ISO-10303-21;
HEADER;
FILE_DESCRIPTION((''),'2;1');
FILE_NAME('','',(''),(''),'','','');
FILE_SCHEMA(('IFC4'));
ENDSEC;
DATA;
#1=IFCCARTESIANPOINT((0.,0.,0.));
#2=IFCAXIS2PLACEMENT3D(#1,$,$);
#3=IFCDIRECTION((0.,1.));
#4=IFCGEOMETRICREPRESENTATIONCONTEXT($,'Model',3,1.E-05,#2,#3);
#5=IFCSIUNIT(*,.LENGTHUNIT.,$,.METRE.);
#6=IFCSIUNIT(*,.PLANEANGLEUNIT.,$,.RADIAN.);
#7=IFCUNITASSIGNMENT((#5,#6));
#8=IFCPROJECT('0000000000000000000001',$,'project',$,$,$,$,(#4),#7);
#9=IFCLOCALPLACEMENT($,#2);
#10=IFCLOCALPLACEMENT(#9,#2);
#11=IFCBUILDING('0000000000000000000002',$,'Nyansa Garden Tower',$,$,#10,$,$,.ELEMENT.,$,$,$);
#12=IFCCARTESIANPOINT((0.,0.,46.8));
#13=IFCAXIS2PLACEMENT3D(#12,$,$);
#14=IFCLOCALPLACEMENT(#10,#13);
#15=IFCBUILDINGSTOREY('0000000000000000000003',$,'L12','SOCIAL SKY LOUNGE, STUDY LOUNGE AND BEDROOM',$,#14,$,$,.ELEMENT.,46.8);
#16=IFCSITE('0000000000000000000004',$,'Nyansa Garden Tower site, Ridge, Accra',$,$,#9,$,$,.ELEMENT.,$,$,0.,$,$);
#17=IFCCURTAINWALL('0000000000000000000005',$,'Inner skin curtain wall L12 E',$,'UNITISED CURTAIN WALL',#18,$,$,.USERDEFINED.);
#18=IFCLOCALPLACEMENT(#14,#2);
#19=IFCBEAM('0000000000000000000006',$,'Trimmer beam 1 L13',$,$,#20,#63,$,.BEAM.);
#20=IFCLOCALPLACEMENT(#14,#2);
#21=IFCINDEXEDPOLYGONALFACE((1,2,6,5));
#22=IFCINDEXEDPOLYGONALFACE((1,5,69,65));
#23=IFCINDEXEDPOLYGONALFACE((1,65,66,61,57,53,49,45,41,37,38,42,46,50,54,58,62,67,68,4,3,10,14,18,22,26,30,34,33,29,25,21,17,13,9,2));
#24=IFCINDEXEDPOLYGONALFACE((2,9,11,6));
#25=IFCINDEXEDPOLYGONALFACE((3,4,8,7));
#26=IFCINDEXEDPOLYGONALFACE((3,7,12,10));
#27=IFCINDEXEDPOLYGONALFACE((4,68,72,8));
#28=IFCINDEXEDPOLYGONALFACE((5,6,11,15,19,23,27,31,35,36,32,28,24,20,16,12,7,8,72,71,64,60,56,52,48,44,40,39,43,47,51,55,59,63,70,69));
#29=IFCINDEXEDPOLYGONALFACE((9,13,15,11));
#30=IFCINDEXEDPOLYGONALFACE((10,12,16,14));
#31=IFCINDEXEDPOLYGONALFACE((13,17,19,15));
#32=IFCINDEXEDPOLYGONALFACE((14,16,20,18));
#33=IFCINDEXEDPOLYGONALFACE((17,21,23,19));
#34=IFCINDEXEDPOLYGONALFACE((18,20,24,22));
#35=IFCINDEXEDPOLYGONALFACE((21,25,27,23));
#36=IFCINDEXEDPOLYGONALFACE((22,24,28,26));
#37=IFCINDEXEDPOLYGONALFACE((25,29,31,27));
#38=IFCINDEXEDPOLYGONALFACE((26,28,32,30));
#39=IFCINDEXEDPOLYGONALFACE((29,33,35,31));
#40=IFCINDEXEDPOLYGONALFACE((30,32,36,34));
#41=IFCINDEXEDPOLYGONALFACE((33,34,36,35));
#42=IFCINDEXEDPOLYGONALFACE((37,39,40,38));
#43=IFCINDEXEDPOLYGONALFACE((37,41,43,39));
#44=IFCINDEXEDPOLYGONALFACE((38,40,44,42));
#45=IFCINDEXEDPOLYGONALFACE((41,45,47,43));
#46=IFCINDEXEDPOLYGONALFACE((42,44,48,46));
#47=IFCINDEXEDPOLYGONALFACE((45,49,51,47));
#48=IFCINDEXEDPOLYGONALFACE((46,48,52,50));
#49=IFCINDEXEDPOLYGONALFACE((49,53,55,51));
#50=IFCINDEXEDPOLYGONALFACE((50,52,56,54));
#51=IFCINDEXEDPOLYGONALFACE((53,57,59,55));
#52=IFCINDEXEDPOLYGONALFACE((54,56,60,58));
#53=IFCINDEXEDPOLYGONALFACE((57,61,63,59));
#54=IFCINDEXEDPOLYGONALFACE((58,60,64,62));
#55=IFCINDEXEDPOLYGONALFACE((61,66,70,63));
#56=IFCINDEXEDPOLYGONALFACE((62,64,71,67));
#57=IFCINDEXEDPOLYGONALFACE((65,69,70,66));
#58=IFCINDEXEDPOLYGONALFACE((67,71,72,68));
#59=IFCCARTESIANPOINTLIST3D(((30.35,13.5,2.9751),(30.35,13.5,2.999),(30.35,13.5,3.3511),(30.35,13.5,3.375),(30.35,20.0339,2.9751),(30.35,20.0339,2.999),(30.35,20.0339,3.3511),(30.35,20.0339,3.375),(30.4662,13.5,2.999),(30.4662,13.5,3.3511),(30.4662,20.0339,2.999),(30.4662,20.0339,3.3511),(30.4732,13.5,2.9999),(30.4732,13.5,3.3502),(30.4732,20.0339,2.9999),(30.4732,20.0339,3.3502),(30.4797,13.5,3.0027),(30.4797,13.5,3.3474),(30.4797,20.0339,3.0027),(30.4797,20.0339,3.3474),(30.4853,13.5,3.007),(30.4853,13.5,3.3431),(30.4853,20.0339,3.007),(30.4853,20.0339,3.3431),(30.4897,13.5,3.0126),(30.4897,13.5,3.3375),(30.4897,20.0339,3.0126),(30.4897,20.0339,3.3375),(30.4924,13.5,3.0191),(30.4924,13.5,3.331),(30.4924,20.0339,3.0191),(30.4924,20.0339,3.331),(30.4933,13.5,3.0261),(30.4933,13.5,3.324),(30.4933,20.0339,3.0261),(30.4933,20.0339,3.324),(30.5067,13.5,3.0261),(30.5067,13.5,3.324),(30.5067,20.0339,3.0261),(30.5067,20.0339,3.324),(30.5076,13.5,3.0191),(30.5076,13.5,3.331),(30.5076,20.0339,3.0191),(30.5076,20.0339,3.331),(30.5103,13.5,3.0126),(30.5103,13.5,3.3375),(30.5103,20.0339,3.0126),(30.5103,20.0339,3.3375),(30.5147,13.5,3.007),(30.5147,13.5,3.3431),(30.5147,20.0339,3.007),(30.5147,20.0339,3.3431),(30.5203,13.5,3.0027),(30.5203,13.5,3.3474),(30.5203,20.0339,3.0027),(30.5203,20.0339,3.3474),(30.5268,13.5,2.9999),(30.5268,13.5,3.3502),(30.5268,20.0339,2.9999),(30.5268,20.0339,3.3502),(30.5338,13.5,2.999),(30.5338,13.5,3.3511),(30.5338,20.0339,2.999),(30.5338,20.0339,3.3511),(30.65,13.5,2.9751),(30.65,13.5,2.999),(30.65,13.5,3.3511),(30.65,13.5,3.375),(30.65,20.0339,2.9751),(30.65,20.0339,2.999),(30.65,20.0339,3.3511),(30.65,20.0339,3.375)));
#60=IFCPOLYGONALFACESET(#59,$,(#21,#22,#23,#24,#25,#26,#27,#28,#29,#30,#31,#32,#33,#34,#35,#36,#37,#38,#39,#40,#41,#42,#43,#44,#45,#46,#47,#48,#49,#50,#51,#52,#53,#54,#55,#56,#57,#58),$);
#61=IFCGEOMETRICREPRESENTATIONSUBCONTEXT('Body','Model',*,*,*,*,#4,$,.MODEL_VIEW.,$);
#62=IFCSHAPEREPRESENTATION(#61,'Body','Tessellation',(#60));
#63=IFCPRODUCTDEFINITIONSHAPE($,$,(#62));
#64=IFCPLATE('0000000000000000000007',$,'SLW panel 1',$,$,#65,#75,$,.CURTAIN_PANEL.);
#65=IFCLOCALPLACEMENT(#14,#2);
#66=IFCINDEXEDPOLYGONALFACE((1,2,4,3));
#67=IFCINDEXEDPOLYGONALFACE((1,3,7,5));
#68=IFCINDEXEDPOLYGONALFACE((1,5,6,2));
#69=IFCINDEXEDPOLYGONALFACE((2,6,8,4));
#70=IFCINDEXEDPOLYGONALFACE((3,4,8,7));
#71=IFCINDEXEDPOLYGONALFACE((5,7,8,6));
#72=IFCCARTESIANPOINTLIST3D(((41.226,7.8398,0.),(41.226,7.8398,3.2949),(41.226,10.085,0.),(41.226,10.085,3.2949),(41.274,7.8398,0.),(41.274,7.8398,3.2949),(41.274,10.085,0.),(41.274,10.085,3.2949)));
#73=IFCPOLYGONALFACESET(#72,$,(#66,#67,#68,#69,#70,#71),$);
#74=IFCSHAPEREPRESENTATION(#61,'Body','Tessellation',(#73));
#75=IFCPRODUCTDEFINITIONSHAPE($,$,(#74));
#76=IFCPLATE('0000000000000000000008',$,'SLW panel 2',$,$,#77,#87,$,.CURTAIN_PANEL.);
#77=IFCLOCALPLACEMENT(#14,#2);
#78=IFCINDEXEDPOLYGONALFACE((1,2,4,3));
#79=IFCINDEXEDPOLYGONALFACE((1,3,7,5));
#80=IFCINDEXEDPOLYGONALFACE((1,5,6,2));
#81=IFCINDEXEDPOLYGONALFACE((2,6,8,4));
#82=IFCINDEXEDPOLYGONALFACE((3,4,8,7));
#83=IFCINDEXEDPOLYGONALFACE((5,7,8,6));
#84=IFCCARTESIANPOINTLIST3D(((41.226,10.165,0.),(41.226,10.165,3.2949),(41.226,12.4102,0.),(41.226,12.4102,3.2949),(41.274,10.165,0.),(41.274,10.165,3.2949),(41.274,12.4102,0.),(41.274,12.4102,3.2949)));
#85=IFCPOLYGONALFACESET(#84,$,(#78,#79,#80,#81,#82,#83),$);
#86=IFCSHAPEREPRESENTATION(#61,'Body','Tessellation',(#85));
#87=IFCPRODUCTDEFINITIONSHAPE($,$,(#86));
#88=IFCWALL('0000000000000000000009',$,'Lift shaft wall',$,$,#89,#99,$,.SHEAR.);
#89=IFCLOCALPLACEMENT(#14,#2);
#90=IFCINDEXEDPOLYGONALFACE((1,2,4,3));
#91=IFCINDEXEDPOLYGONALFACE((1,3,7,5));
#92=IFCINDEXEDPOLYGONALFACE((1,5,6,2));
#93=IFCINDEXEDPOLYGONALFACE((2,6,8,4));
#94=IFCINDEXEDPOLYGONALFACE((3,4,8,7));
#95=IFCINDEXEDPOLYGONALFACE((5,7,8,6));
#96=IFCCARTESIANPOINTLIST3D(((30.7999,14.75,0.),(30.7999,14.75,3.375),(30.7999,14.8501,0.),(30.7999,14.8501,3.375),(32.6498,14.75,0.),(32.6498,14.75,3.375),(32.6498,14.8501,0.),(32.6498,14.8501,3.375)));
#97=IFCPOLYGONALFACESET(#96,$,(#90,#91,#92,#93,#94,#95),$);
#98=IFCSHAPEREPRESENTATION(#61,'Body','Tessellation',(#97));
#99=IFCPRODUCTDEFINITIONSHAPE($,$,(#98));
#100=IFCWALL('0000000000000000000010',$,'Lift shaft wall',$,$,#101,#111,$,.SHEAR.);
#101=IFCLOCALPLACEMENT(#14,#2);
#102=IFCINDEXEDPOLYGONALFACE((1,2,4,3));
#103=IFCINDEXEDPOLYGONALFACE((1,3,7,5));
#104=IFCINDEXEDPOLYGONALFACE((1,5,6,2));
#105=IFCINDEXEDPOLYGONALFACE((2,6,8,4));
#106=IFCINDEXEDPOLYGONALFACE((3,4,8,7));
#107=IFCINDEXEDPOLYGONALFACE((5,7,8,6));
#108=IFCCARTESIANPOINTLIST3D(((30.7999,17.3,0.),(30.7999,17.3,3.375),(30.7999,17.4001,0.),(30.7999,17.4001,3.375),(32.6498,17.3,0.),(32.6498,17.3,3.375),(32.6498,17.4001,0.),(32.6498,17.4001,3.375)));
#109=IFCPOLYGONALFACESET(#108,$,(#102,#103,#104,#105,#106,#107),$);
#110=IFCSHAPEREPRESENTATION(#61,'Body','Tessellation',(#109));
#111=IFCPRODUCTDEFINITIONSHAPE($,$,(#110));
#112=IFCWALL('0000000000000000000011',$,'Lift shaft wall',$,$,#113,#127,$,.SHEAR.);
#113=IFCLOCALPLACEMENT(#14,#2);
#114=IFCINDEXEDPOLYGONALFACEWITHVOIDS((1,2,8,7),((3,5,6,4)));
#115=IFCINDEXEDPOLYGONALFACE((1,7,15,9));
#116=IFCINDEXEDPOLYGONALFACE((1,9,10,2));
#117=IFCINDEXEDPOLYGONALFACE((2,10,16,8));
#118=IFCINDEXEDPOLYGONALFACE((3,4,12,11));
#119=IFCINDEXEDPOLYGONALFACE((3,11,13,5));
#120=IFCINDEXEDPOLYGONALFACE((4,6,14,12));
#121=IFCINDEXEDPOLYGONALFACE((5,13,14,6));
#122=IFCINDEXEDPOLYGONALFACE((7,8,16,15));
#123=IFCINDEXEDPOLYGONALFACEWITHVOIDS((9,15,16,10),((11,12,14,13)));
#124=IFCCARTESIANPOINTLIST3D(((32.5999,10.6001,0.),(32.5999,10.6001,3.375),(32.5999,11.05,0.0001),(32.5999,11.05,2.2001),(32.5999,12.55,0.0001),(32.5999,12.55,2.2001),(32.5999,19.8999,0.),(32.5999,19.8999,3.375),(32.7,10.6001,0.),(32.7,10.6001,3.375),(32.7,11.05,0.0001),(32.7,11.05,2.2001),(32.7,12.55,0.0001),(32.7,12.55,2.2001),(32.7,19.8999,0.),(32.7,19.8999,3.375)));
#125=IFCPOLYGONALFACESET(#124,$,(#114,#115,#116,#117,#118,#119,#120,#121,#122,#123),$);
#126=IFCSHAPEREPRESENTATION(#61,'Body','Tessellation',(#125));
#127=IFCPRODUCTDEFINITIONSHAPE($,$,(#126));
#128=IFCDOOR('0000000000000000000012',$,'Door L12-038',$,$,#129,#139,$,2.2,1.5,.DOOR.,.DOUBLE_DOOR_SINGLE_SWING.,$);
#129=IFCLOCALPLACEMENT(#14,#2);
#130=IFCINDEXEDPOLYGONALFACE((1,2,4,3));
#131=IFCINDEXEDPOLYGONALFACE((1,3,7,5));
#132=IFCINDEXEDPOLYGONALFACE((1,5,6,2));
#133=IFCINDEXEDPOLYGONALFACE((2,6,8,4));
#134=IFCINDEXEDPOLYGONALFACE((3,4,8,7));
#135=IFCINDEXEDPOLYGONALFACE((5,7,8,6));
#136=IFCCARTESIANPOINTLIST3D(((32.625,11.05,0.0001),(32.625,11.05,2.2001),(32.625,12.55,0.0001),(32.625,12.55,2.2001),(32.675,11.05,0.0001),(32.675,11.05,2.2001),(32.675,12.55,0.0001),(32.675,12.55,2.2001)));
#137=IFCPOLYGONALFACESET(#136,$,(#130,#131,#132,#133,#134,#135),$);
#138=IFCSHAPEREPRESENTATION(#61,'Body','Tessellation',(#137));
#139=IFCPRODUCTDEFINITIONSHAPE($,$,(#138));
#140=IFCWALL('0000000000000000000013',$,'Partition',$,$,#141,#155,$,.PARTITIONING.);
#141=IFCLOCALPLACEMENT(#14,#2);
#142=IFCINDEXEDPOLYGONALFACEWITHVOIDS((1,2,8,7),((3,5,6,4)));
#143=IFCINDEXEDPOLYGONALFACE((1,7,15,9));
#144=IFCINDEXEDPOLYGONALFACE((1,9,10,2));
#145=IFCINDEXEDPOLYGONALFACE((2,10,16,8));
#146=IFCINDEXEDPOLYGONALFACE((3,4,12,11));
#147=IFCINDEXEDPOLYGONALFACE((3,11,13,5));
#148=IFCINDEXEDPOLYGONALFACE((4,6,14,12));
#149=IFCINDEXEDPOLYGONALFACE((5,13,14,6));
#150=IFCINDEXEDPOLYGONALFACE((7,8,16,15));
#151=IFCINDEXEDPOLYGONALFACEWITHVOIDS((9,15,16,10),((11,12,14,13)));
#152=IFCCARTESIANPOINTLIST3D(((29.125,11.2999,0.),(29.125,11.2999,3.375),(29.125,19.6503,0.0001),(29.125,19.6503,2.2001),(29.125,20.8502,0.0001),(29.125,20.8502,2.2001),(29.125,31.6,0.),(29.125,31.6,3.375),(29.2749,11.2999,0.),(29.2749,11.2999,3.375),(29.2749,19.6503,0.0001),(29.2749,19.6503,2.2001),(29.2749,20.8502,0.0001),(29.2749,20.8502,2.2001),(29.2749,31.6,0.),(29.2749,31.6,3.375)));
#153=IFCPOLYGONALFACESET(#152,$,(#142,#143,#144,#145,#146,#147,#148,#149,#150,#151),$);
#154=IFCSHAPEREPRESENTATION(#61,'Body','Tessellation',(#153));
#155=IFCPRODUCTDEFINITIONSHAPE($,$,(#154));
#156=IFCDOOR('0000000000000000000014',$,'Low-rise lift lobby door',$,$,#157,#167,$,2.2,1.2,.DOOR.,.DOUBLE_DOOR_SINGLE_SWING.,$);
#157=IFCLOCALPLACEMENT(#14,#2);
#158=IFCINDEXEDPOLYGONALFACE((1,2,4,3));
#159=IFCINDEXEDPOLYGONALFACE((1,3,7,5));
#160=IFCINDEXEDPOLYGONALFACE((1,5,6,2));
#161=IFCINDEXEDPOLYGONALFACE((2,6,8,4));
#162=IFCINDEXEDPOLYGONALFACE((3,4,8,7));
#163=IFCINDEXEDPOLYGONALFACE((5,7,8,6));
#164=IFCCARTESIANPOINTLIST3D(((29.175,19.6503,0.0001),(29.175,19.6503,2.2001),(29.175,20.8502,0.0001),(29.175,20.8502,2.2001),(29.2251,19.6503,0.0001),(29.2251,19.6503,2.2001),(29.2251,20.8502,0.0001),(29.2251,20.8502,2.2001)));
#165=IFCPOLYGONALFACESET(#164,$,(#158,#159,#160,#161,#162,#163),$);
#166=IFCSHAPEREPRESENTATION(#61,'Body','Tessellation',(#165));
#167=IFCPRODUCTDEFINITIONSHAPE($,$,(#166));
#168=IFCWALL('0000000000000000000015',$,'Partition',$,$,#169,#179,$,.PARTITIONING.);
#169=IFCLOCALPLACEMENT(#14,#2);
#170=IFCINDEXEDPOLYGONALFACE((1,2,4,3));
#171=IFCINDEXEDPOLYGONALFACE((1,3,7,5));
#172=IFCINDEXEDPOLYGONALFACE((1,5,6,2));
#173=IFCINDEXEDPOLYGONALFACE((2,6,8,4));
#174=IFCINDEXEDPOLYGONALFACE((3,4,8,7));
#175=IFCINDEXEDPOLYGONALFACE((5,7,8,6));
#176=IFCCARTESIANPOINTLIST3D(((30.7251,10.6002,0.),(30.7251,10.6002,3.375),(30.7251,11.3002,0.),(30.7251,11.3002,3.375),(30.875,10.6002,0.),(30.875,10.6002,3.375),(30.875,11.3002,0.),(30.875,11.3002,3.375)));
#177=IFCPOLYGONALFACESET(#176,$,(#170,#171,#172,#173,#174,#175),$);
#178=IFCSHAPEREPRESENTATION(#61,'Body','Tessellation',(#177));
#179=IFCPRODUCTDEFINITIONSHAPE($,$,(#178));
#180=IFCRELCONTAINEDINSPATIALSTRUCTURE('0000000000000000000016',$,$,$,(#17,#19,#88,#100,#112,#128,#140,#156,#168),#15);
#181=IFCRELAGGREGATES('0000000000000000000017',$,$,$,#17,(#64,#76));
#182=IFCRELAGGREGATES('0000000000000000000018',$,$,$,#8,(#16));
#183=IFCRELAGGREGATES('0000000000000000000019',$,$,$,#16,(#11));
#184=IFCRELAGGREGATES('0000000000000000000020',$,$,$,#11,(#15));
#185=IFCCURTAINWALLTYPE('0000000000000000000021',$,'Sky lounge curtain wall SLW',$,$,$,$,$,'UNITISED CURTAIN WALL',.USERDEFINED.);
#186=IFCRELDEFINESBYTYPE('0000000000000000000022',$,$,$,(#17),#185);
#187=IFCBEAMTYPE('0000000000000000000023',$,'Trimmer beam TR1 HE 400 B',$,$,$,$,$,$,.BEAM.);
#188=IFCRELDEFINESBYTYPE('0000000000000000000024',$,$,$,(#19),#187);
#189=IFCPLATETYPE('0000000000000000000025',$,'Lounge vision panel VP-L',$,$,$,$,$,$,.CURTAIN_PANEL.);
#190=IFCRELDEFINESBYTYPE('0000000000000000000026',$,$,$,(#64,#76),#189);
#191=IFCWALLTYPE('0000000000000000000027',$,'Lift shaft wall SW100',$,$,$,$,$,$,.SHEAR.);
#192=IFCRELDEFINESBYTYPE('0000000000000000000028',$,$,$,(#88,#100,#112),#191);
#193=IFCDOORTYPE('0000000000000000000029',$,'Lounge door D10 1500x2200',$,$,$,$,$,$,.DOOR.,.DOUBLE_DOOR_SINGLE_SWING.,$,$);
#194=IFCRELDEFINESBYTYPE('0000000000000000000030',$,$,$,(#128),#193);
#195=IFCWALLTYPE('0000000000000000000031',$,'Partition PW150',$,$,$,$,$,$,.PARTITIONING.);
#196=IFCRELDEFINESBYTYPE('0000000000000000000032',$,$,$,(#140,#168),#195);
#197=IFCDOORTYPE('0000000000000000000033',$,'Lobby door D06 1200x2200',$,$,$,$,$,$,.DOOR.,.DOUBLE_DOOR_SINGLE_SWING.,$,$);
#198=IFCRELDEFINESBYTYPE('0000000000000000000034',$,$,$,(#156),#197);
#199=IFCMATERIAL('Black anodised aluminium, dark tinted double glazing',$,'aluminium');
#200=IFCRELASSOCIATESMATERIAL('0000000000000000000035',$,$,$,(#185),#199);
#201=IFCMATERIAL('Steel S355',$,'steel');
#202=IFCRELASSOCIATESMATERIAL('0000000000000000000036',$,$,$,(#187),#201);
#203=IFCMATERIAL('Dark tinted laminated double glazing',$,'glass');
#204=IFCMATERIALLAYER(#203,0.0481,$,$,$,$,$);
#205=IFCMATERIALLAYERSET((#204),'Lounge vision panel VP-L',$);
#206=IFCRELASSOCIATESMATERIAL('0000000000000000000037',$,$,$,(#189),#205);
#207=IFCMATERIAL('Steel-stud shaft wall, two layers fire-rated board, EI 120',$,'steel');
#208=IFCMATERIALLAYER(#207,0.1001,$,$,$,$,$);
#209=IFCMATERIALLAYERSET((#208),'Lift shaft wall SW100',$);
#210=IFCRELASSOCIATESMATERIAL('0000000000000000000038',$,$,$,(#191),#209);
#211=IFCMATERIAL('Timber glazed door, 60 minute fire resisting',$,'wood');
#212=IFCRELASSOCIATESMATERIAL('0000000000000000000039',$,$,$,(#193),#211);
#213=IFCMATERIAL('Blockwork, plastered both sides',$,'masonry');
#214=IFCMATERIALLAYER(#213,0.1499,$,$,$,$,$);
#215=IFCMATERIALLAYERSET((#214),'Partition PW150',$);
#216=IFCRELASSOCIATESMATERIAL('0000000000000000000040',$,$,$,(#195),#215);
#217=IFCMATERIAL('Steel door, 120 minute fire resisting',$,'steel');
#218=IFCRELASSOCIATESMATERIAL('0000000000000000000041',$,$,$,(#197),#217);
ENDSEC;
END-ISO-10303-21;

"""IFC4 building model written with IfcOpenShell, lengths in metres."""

from ifc_helpers import new_model, si_unit, direction, frame, frame_2d, origin, origin_2d, place, context, subcontext, project, spatial, rectangle, i_section, extrude, material, layer, layer_set, material_profile, profile_set, type_object, element, fill, aggregate, save


model = new_model("IFC4")

# Units and contexts
model_context = context("Model", 3, precision=1e-05, world=origin(), true_north=direction((0.0, 1.0)))
body_context = subcontext(model_context, "Body", "Model", "MODEL_VIEW")
ifc_project = project(units=[si_unit("LENGTHUNIT", "METRE"), si_unit("PLANEANGLEUNIT", "RADIAN")], contexts=[model_context])

# Site, building, storey
site_placement = place(None, origin())
site = spatial("IfcSite", under=ifc_project, at=site_placement, Name="Nyansa Garden Tower site, Ridge, Accra", CompositionType="ELEMENT", RefElevation=0.0)
building_placement = place(site_placement, origin())
building = spatial("IfcBuilding", under=site, at=building_placement, Name="Nyansa Garden Tower", CompositionType="ELEMENT")
storey_placement = place(building_placement, frame((0.0, 0.0, 46.8)))
storey = spatial("IfcBuildingStorey", under=building, at=storey_placement, Name="L12", Description="SOCIAL SKY LOUNGE, STUDY LOUNGE AND BEDROOM", CompositionType="ELEMENT", Elevation=46.8)

# Curtain wall
ifc_material_1 = material(Name="Black anodised aluminium, dark tinted double glazing", Category="aluminium")
curtain_wall_type = type_object("IfcCurtainWallType", Name="Sky lounge curtain wall SLW", ElementType="UNITISED CURTAIN WALL", PredefinedType="USERDEFINED", material=ifc_material_1)
curtain_wall_placement = place(storey_placement, origin())
curtain_wall = element("IfcCurtainWall", 1, at=curtain_wall_placement, inside=storey, type_object=curtain_wall_type, Name="Inner skin curtain wall L12 E", ObjectType="UNITISED CURTAIN WALL", PredefinedType="USERDEFINED")

# Beam
ifc_material_2 = material(Name="Steel S355", Category="steel")
ifc_material_profile_1 = material_profile(ifc_material_2, i_section(OverallWidth=0.3, OverallDepth=0.3999, WebThickness=0.0134, FlangeThickness=0.0239, FilletRadius=0.0271, at=origin_2d()), Name="HE 400 B")
ifc_profile_set_1 = profile_set([ifc_material_profile_1], Name="Steel S355")
beam_type_1 = type_object("IfcBeamType", Name="Trimmer beam TR1 HE 400 B", PredefinedType="BEAM", material=ifc_profile_set_1)
beam_1_placement = place(storey_placement, frame((30.5, 13.5, 3.175), z_axis=(0.0, 1.0, 0.0), x_axis=(-1.0, 0.0, 0.0)))
element("IfcBeam", 2, at=beam_1_placement, inside=storey, type_object=beam_type_1, Name="Trimmer beam 1 L13", PredefinedType="BEAM", context=body_context, shape_type="SweptSolid", body=[
    extrude(i_section(OverallWidth=0.3, OverallDepth=0.3999, WebThickness=0.0134, FlangeThickness=0.0239, FilletRadius=0.0271, at=origin_2d()), origin(), (0.0, 0.0, 1.0), 6.5339),
])

# Plates
ifc_material_3 = material(Name="Dark tinted laminated double glazing", Category="glass")
ifc_layer_1 = layer(ifc_material_3, 0.0481)
ifc_layer_set_1 = layer_set([ifc_layer_1], Name="Lounge vision panel VP-L")
plate_type = type_object("IfcPlateType", Name="Lounge vision panel VP-L", PredefinedType="CURTAIN_PANEL", material=ifc_layer_set_1)
plate_1_placement = place(storey_placement, frame((41.25, 8.9624, 0.0), z_axis=(0.0, 0.0, 1.0), x_axis=(0.0, 1.0, 0.0)))
plate_1 = element("IfcPlate", 3, at=plate_1_placement, type_object=plate_type, Name="SLW panel 1", PredefinedType="CURTAIN_PANEL", context=body_context, shape_type="SweptSolid", body=[
    extrude(rectangle(XDim=2.2451, YDim=0.0481, at=origin_2d()), origin(), (0.0, 0.0, 1.0), 3.2949),
])
plate_2_placement = place(storey_placement, frame((41.25, 11.2876, 0.0), z_axis=(0.0, 0.0, 1.0), x_axis=(0.0, 1.0, 0.0)))
plate_2 = element("IfcPlate", 4, at=plate_2_placement, type_object=plate_type, Name="SLW panel 2", PredefinedType="CURTAIN_PANEL", context=body_context, shape_type="SweptSolid", body=[
    extrude(rectangle(XDim=2.2451, YDim=0.0481, at=origin_2d()), origin(), (0.0, 0.0, 1.0), 3.2949),
])
aggregate(curtain_wall, [plate_1, plate_2])

# Walls
ifc_material_4 = material(Name="Steel-stud shaft wall, two layers fire-rated board, EI 120", Category="steel")
ifc_layer_2 = layer(ifc_material_4, 0.1001)
ifc_layer_set_2 = layer_set([ifc_layer_2], Name="Lift shaft wall SW100")
wall_type_1 = type_object("IfcWallType", Name="Lift shaft wall SW100", PredefinedType="SHEAR", material=ifc_layer_set_2)
for number, where, z_axis, x_axis, name in (
    (5, (30.8, 14.8, 0.0), (0.0, 0.0, 1.0), (1.0, 0.0, 0.0), "Lift shaft wall"),
    (6, (30.8, 17.3501, 0.0), (0.0, 0.0, 1.0), (1.0, 0.0, 0.0), "Lift shaft wall"),
):
    element("IfcWall", number, at=place(storey_placement, frame(where, z_axis=z_axis, x_axis=x_axis)), inside=storey, type_object=wall_type_1, Name=name, PredefinedType="SHEAR", context=body_context, shape_type="SweptSolid", body=[
        extrude(rectangle(XDim=1.8499, YDim=0.1001, at=frame_2d((0.9248, 0.0))), origin(), (0.0, 0.0, 1.0), 3.375),
    ])

# Walls, openings, doors
wall_1_placement = place(storey_placement, frame((32.6499, 10.6001, 0.0), z_axis=(0.0, 0.0, 1.0), x_axis=(0.0, 1.0, 0.0)))
wall_1 = element("IfcWall", 7, at=wall_1_placement, inside=storey, type_object=wall_type_1, Name="Lift shaft wall", PredefinedType="SHEAR", context=body_context, shape_type="SweptSolid", body=[
    extrude(rectangle(XDim=9.2998, YDim=0.1001, at=frame_2d((4.6499, 0.0))), origin(), (0.0, 0.0, 1.0), 3.375),
])
opening_1_placement = place(wall_1_placement, frame((0.45, 0.0, 0.0)))
opening_1 = element("IfcOpeningElement", 8, at=opening_1_placement, cuts=wall_1, PredefinedType="OPENING", context=body_context, shape_type="SweptSolid", body=[
    extrude(rectangle(XDim=1.5, YDim=2.2, at=frame_2d((0.75, 1.1001))), frame((0.0, 0.0601, 0.0), z_axis=(0.0, -1.0, 0.0), x_axis=(1.0, 0.0, 0.0)), (0.0, 0.0, 1.0), 0.1201),
])
ifc_material_5 = material(Name="Timber glazed door, 60 minute fire resisting", Category="wood")
door_type_1 = type_object("IfcDoorType", Name="Lounge door D10 1500x2200", OperationType="DOUBLE_DOOR_SINGLE_SWING", PredefinedType="DOOR", material=ifc_material_5)
door_1_placement = place(opening_1_placement, origin())
door_1 = element("IfcDoor", 9, at=door_1_placement, inside=storey, type_object=door_type_1, Name="Door L12-038", OperationType="DOUBLE_DOOR_SINGLE_SWING", OverallHeight=2.2, OverallWidth=1.5, PredefinedType="DOOR", context=body_context, shape_type="SweptSolid", body=[
    extrude(rectangle(XDim=1.5, YDim=2.2, at=frame_2d((0.75, 1.1001))), frame((0.0, 0.0249, 0.0), z_axis=(0.0, -1.0, 0.0), x_axis=(1.0, 0.0, 0.0)), (0.0, 0.0, 1.0), 0.05),
])
fill(opening_1, door_1)
ifc_material_6 = material(Name="Blockwork, plastered both sides", Category="masonry")
ifc_layer_3 = layer(ifc_material_6, 0.1499)
ifc_layer_set_3 = layer_set([ifc_layer_3], Name="Partition PW150")
wall_type_2 = type_object("IfcWallType", Name="Partition PW150", PredefinedType="PARTITIONING", material=ifc_layer_set_3)
wall_2_placement = place(storey_placement, frame((29.2, 11.3, 0.0), z_axis=(0.0, 0.0, 1.0), x_axis=(0.0, 1.0, 0.0)))
wall_2 = element("IfcWall", 10, at=wall_2_placement, inside=storey, type_object=wall_type_2, Name="Partition", PredefinedType="PARTITIONING", context=body_context, shape_type="SweptSolid", body=[
    extrude(rectangle(XDim=20.3, YDim=0.1499, at=frame_2d((10.1499, 0.0))), origin(), (0.0, 0.0, 1.0), 3.375),
])
opening_2_placement = place(wall_2_placement, frame((8.3501, 0.0, 0.0)))
opening_2 = element("IfcOpeningElement", 11, at=opening_2_placement, cuts=wall_2, PredefinedType="OPENING", context=body_context, shape_type="SweptSolid", body=[
    extrude(rectangle(XDim=1.2, YDim=2.2, at=frame_2d((0.6001, 1.1001))), frame((0.0, 0.085, 0.0), z_axis=(0.0, -1.0, 0.0), x_axis=(1.0, 0.0, 0.0)), (0.0, 0.0, 1.0), 0.1699),
])
ifc_material_7 = material(Name="Steel door, 120 minute fire resisting", Category="steel")
door_type_2 = type_object("IfcDoorType", Name="Lobby door D06 1200x2200", OperationType="DOUBLE_DOOR_SINGLE_SWING", PredefinedType="DOOR", material=ifc_material_7)
door_2_placement = place(opening_2_placement, origin())
door_2 = element("IfcDoor", 12, at=door_2_placement, inside=storey, type_object=door_type_2, Name="Low-rise lift lobby door", OperationType="DOUBLE_DOOR_SINGLE_SWING", OverallHeight=2.2, OverallWidth=1.2, PredefinedType="DOOR", context=body_context, shape_type="SweptSolid", body=[
    extrude(rectangle(XDim=1.2, YDim=2.2, at=frame_2d((0.6001, 1.1001))), frame((0.0, 0.0249, 0.0), z_axis=(0.0, -1.0, 0.0), x_axis=(1.0, 0.0, 0.0)), (0.0, 0.0, 1.0), 0.05),
])
fill(opening_2, door_2)

# Wall
wall_3_placement = place(storey_placement, frame((30.8, 10.6001, 0.0), z_axis=(0.0, 0.0, 1.0), x_axis=(0.0, 1.0, 0.0)))
element("IfcWall", 13, at=wall_3_placement, inside=storey, type_object=wall_type_2, Name="Partition", PredefinedType="PARTITIONING", context=body_context, shape_type="SweptSolid", body=[
    extrude(rectangle(XDim=0.7, YDim=0.1499, at=frame_2d((0.3501, 0.0))), origin(), (0.0, 0.0, 1.0), 3.375),
])

save(model, "model.ifc")
